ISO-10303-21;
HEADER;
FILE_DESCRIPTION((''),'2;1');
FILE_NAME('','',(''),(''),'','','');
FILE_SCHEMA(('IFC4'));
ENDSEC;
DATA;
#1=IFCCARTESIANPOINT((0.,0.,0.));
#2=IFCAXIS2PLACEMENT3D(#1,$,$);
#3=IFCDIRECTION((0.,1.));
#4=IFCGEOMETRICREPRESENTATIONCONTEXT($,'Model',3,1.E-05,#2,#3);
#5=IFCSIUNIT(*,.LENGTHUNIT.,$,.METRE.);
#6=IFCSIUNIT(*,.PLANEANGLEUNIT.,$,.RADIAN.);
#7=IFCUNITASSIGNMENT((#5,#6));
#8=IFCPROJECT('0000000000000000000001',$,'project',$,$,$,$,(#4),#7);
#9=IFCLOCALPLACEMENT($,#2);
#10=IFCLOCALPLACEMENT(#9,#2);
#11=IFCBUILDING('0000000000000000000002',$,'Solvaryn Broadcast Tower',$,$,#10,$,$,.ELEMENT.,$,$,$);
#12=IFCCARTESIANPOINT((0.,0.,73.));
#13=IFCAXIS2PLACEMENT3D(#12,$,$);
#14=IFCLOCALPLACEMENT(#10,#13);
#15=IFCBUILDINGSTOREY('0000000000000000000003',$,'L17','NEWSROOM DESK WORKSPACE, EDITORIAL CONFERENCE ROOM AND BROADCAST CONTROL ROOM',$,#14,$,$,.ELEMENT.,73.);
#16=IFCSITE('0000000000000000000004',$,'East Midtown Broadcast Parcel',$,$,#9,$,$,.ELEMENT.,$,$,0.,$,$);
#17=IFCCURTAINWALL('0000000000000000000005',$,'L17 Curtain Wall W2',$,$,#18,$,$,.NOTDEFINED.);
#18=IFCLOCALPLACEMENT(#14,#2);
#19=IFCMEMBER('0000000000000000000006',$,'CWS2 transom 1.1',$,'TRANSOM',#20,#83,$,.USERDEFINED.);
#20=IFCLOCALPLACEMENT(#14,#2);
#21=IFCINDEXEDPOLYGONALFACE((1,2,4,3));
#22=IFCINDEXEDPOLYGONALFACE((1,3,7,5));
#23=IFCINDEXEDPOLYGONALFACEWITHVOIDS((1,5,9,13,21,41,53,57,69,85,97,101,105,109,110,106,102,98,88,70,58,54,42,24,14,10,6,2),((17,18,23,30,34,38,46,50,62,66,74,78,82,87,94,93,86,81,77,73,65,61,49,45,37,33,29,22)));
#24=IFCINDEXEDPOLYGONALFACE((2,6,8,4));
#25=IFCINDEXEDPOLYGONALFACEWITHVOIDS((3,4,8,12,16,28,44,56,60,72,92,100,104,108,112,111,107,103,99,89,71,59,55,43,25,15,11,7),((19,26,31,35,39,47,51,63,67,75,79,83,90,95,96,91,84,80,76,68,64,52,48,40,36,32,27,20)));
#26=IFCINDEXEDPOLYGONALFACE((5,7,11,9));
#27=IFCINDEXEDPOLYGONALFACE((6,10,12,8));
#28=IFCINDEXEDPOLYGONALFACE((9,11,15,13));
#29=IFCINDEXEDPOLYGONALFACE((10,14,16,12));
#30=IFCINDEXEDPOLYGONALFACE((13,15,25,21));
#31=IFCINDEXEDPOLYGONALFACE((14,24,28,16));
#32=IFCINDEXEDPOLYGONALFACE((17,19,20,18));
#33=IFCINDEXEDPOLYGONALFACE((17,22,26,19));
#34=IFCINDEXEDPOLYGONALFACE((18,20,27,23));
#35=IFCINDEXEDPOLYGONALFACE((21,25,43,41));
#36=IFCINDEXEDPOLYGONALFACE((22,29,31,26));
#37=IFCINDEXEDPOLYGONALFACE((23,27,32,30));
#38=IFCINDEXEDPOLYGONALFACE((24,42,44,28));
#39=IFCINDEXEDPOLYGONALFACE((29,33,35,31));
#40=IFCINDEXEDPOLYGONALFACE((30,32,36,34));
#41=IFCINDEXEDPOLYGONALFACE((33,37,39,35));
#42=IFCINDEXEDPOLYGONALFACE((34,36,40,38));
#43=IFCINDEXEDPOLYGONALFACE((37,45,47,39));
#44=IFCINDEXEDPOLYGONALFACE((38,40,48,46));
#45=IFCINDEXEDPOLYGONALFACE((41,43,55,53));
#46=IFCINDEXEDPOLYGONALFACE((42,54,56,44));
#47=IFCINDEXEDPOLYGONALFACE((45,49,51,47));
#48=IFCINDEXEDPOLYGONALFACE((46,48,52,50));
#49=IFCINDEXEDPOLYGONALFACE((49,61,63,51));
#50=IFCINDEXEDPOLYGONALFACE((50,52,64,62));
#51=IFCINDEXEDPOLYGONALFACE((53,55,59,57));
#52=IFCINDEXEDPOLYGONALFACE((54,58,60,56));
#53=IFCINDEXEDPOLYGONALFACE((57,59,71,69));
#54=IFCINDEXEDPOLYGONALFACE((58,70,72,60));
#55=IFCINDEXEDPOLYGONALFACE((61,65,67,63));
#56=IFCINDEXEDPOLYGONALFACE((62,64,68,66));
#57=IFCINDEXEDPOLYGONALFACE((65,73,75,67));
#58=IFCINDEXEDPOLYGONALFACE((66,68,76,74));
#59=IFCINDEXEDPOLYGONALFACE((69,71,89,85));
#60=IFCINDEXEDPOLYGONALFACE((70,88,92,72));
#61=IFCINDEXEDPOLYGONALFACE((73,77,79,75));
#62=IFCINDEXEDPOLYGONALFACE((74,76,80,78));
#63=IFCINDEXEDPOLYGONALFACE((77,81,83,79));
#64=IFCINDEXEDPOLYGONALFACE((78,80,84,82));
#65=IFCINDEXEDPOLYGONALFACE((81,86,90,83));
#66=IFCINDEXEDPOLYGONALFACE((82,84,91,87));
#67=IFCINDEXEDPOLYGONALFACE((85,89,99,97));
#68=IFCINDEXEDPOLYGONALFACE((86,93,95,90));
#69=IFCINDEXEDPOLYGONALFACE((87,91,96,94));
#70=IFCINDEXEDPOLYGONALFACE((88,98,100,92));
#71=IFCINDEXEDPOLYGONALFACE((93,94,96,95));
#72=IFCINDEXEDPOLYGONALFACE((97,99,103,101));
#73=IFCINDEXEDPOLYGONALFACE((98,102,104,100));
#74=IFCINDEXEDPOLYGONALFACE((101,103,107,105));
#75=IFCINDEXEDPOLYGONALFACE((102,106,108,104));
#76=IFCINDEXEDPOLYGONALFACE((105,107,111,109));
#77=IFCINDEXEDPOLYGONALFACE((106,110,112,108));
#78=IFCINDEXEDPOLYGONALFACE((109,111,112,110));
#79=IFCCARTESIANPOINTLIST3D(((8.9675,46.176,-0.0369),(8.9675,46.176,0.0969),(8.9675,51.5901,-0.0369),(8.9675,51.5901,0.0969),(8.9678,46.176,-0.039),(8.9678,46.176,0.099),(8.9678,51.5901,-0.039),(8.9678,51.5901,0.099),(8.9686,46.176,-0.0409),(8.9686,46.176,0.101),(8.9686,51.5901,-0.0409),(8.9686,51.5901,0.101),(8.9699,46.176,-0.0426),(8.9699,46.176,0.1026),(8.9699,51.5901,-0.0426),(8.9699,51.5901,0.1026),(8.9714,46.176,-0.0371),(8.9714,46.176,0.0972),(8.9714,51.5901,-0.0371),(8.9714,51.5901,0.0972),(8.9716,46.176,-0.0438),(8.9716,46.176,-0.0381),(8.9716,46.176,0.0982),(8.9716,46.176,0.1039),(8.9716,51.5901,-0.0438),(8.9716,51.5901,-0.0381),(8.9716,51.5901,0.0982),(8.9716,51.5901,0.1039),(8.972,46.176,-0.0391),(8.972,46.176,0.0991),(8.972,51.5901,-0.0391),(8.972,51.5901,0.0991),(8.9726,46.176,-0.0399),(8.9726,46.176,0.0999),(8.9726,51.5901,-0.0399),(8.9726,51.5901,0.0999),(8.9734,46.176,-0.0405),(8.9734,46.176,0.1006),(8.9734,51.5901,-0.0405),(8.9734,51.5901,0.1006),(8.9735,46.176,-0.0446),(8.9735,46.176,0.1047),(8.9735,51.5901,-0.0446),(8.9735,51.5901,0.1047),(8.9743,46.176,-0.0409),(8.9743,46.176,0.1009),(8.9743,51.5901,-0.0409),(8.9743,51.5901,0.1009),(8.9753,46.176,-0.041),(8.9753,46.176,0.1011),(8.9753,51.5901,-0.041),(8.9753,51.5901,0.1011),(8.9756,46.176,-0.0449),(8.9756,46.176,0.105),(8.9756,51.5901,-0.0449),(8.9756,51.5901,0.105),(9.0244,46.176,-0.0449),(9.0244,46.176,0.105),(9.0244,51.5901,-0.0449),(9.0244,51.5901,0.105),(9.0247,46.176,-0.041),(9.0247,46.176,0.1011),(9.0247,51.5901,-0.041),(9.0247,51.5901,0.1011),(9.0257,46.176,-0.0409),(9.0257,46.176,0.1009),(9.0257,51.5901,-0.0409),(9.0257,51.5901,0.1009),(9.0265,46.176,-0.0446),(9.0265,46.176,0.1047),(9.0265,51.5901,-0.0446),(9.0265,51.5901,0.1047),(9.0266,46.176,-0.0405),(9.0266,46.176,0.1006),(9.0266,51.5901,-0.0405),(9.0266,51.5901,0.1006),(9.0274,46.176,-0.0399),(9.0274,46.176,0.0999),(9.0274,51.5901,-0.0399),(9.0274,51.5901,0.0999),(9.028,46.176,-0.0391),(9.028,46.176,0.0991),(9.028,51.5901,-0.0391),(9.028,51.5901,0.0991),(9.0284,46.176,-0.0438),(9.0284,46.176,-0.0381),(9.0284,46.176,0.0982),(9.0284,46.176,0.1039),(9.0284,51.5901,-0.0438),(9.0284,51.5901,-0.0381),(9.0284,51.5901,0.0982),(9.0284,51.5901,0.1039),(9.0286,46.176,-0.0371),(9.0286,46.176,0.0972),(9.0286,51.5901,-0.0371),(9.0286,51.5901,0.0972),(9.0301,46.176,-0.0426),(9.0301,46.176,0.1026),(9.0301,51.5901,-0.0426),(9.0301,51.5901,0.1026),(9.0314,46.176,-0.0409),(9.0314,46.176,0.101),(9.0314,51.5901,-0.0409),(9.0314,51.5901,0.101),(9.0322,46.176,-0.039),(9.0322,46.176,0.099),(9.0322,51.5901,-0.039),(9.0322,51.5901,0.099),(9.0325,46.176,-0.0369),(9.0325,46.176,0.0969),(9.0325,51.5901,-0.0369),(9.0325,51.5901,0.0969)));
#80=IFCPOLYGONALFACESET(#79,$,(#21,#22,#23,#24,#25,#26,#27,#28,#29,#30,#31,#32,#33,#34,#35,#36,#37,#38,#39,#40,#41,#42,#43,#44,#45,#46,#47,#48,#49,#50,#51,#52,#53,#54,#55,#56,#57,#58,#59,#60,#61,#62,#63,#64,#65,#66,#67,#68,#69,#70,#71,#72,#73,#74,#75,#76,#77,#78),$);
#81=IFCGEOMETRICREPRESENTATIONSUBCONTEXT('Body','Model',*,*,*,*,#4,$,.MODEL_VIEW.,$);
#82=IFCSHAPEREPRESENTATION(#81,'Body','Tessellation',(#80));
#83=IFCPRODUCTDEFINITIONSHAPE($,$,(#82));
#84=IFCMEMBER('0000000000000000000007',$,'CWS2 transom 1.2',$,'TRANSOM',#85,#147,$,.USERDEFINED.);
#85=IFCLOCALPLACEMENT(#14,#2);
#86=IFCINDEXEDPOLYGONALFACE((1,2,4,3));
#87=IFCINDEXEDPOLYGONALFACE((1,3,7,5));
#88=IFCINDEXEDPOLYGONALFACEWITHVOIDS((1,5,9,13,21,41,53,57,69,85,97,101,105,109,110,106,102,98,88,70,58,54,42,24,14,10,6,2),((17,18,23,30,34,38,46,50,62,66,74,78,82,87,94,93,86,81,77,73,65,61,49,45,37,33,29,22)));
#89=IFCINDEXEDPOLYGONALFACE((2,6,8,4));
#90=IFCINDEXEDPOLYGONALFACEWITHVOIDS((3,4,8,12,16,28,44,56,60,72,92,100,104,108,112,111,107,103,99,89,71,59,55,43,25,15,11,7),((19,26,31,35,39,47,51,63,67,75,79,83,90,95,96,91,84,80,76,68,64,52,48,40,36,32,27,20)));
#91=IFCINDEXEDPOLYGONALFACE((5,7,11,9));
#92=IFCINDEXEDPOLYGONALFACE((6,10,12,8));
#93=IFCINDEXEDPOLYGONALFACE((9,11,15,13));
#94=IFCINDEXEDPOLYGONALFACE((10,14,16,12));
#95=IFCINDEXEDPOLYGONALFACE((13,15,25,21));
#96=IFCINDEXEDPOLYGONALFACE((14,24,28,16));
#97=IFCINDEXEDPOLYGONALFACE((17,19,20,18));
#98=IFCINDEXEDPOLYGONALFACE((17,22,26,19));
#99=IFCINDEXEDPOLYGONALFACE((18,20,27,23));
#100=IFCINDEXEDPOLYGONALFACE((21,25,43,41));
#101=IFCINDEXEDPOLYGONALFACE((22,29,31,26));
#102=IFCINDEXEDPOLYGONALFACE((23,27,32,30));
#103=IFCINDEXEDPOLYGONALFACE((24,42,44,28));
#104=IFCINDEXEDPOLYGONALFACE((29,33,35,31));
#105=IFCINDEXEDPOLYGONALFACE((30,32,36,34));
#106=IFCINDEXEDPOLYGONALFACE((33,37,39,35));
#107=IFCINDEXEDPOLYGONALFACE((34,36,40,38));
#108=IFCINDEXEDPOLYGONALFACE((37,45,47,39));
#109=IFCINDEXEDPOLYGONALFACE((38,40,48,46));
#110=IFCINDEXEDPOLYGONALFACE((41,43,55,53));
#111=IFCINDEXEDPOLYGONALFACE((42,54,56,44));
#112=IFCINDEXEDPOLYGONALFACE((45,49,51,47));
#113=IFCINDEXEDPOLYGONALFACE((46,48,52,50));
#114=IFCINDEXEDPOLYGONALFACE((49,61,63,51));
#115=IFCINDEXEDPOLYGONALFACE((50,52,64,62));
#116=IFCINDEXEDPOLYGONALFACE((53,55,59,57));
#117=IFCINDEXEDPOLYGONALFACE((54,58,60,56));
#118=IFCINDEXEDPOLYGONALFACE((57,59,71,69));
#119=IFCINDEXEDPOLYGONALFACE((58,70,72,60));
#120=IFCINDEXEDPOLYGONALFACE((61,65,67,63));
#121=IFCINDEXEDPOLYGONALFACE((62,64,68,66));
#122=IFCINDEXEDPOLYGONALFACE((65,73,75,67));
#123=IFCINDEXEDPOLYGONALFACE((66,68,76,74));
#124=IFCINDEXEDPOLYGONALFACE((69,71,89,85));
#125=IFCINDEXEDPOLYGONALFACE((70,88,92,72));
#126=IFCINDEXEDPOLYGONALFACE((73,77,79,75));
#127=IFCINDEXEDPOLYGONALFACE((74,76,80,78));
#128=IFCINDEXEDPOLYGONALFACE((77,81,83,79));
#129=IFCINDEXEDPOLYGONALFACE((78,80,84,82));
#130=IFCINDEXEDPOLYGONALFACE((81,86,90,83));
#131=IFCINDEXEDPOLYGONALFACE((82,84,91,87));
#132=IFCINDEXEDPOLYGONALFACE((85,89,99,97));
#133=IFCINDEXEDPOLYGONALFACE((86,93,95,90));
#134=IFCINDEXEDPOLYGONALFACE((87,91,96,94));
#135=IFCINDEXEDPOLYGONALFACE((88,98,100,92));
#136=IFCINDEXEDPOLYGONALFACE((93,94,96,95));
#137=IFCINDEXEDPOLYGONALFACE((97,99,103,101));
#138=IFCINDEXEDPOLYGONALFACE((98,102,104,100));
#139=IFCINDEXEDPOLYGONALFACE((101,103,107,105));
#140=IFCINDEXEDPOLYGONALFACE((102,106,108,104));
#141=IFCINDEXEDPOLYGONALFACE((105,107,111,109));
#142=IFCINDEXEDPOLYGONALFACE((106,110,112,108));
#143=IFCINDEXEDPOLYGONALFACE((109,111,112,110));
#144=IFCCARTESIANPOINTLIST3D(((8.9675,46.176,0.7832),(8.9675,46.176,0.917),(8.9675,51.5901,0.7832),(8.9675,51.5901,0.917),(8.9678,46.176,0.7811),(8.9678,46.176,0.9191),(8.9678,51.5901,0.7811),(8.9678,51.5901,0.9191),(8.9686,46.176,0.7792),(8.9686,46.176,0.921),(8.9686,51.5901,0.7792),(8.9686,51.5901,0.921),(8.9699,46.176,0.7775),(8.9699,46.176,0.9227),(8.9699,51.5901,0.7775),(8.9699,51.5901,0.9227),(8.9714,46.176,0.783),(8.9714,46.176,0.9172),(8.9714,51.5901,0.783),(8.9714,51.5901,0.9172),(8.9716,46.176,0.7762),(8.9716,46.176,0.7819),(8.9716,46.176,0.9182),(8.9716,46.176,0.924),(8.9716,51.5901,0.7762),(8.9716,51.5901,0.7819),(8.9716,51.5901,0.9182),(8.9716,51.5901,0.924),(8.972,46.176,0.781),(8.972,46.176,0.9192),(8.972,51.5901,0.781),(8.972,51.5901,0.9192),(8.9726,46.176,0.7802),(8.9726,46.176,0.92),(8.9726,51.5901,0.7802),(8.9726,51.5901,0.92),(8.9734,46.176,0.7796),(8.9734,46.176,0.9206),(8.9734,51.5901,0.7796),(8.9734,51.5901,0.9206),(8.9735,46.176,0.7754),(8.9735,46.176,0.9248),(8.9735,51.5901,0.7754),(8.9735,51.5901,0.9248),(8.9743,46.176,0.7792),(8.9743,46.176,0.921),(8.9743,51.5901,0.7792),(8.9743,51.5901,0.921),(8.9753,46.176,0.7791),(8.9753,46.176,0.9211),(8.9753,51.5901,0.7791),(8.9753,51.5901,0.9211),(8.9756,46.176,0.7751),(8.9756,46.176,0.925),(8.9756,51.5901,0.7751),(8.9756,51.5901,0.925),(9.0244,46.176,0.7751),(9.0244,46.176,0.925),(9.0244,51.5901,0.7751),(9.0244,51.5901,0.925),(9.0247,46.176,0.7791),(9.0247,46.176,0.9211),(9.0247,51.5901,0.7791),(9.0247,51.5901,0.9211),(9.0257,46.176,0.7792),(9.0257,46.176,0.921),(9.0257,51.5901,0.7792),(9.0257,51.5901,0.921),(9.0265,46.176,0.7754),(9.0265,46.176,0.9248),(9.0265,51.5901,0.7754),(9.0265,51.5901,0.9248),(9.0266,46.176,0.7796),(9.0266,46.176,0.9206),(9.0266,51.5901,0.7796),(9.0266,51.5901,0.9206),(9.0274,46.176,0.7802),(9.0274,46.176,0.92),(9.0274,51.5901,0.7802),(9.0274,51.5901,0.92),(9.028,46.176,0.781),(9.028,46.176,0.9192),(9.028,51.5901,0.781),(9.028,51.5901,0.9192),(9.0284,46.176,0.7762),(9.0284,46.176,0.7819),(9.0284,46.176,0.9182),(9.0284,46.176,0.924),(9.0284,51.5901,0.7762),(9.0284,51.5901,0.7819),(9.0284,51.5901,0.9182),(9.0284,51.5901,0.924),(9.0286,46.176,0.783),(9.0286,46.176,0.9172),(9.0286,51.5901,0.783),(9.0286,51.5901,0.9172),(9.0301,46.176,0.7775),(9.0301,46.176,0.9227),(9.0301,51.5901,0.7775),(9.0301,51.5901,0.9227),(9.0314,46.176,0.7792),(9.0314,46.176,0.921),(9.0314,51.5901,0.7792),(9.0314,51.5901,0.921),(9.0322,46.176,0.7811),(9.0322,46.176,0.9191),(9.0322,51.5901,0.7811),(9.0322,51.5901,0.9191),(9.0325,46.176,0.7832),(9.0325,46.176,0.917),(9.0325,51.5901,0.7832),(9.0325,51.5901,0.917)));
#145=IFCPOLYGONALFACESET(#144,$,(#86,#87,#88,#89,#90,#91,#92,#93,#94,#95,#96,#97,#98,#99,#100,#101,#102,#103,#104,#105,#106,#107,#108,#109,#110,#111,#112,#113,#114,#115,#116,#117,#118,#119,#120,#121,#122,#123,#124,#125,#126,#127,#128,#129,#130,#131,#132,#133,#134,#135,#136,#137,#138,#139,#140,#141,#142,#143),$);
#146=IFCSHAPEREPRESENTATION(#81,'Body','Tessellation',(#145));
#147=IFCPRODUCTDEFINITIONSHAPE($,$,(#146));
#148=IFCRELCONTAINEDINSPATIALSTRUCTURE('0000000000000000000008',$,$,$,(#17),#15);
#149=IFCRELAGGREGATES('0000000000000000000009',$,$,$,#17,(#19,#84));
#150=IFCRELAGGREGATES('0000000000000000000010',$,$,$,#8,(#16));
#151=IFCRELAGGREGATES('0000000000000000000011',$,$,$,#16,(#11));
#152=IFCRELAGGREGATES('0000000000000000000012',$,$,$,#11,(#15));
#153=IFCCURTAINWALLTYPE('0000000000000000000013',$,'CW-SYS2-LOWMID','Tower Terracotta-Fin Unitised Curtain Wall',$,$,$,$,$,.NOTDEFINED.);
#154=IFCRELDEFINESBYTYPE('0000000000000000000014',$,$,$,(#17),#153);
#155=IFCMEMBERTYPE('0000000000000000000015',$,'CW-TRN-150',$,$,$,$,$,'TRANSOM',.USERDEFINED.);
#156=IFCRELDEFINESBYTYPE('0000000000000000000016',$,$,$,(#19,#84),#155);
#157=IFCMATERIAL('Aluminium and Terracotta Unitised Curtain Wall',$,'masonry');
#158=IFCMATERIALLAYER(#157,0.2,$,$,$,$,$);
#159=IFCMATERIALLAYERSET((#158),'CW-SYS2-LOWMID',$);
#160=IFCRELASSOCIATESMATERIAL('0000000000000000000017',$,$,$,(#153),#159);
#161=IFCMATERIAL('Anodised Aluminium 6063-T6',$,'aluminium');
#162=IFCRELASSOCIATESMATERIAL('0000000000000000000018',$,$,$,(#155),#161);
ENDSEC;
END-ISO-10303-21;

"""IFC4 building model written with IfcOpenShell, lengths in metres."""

from ifc_helpers import new_model, si_unit, direction, frame, origin, origin_2d, place, context, subcontext, project, spatial, hollow_rectangle, extrude, material, layer, layer_set, material_profile, profile_set, type_object, element, aggregate, save


model = new_model("IFC4")

# Units and contexts
model_context = context("Model", 3, precision=1e-05, world=origin(), true_north=direction((0.0, 1.0)))
body_context = subcontext(model_context, "Body", "Model", "MODEL_VIEW")
ifc_project = project(units=[si_unit("LENGTHUNIT", "METRE"), si_unit("PLANEANGLEUNIT", "RADIAN")], contexts=[model_context])

# Site, building, storey
site_placement = place(None, origin())
site = spatial("IfcSite", under=ifc_project, at=site_placement, Name="East Midtown Broadcast Parcel", CompositionType="ELEMENT", RefElevation=0.0)
building_placement = place(site_placement, origin())
building = spatial("IfcBuilding", under=site, at=building_placement, Name="Solvaryn Broadcast Tower", CompositionType="ELEMENT")
storey_placement = place(building_placement, frame((0.0, 0.0, 73.0)))
storey = spatial("IfcBuildingStorey", under=building, at=storey_placement, Name="L17", Description="NEWSROOM DESK WORKSPACE, EDITORIAL CONFERENCE ROOM AND BROADCAST CONTROL ROOM", CompositionType="ELEMENT", Elevation=73.0)

# Shared definitions
ifc_material_1 = material(Name="Aluminium and Terracotta Unitised Curtain Wall", Category="masonry")
ifc_layer_1 = layer(ifc_material_1, 0.2)
ifc_layer_set_1 = layer_set([ifc_layer_1], Name="CW-SYS2-LOWMID")
curtain_wall_type = type_object("IfcCurtainWallType", Name="CW-SYS2-LOWMID", Description="Tower Terracotta-Fin Unitised Curtain Wall", PredefinedType="NOTDEFINED", material=ifc_layer_set_1)

# Curtain wall
curtain_wall_1_placement = place(storey_placement, origin())
curtain_wall_1 = element("IfcCurtainWall", 1, at=curtain_wall_1_placement, inside=storey, type_object=curtain_wall_type, Name="L17 Curtain Wall W2", PredefinedType="NOTDEFINED")

# Members
ifc_material_2 = material(Name="Anodised Aluminium 6063-T6", Category="aluminium")
ifc_material_profile_1 = material_profile(ifc_material_2, hollow_rectangle(XDim=0.0649, YDim=0.1499, WallThickness=0.0039, InnerFilletRadius=0.0039, OuterFilletRadius=0.0081, at=origin_2d()))
ifc_profile_set_1 = profile_set([ifc_material_profile_1], Name="Anodised Aluminium 6063-T6")
member_type_1 = type_object("IfcMemberType", Name="CW-TRN-150", ElementType="TRANSOM", PredefinedType="USERDEFINED", material=ifc_profile_set_1)
member_1_placement = place(storey_placement, frame((9.0, 46.176, 0.03), z_axis=(0.0, 1.0, 0.0), x_axis=(-1.0, 0.0, 0.0)))
member_1 = element("IfcMember", 2, at=member_1_placement, type_object=member_type_1, Name="CWS2 transom 1.1", ObjectType="TRANSOM", PredefinedType="USERDEFINED", context=body_context, shape_type="SweptSolid", body=[
    extrude(hollow_rectangle(XDim=0.0649, YDim=0.1499, WallThickness=0.0039, InnerFilletRadius=0.0039, OuterFilletRadius=0.0081, at=origin_2d()), origin(), (0.0, 0.0, 1.0), 5.4141),
])
member_2_placement = place(storey_placement, frame((9.0, 46.176, 0.8501), z_axis=(0.0, 1.0, 0.0), x_axis=(-1.0, 0.0, 0.0)))
member_2 = element("IfcMember", 3, at=member_2_placement, type_object=member_type_1, Name="CWS2 transom 1.2", ObjectType="TRANSOM", PredefinedType="USERDEFINED", context=body_context, shape_type="SweptSolid", body=[
    extrude(hollow_rectangle(XDim=0.0649, YDim=0.1499, WallThickness=0.0039, InnerFilletRadius=0.0039, OuterFilletRadius=0.0081, at=origin_2d()), origin(), (0.0, 0.0, 1.0), 5.4141),
])

aggregate(curtain_wall_1, [member_1, member_2])

save(model, "model.ifc")
